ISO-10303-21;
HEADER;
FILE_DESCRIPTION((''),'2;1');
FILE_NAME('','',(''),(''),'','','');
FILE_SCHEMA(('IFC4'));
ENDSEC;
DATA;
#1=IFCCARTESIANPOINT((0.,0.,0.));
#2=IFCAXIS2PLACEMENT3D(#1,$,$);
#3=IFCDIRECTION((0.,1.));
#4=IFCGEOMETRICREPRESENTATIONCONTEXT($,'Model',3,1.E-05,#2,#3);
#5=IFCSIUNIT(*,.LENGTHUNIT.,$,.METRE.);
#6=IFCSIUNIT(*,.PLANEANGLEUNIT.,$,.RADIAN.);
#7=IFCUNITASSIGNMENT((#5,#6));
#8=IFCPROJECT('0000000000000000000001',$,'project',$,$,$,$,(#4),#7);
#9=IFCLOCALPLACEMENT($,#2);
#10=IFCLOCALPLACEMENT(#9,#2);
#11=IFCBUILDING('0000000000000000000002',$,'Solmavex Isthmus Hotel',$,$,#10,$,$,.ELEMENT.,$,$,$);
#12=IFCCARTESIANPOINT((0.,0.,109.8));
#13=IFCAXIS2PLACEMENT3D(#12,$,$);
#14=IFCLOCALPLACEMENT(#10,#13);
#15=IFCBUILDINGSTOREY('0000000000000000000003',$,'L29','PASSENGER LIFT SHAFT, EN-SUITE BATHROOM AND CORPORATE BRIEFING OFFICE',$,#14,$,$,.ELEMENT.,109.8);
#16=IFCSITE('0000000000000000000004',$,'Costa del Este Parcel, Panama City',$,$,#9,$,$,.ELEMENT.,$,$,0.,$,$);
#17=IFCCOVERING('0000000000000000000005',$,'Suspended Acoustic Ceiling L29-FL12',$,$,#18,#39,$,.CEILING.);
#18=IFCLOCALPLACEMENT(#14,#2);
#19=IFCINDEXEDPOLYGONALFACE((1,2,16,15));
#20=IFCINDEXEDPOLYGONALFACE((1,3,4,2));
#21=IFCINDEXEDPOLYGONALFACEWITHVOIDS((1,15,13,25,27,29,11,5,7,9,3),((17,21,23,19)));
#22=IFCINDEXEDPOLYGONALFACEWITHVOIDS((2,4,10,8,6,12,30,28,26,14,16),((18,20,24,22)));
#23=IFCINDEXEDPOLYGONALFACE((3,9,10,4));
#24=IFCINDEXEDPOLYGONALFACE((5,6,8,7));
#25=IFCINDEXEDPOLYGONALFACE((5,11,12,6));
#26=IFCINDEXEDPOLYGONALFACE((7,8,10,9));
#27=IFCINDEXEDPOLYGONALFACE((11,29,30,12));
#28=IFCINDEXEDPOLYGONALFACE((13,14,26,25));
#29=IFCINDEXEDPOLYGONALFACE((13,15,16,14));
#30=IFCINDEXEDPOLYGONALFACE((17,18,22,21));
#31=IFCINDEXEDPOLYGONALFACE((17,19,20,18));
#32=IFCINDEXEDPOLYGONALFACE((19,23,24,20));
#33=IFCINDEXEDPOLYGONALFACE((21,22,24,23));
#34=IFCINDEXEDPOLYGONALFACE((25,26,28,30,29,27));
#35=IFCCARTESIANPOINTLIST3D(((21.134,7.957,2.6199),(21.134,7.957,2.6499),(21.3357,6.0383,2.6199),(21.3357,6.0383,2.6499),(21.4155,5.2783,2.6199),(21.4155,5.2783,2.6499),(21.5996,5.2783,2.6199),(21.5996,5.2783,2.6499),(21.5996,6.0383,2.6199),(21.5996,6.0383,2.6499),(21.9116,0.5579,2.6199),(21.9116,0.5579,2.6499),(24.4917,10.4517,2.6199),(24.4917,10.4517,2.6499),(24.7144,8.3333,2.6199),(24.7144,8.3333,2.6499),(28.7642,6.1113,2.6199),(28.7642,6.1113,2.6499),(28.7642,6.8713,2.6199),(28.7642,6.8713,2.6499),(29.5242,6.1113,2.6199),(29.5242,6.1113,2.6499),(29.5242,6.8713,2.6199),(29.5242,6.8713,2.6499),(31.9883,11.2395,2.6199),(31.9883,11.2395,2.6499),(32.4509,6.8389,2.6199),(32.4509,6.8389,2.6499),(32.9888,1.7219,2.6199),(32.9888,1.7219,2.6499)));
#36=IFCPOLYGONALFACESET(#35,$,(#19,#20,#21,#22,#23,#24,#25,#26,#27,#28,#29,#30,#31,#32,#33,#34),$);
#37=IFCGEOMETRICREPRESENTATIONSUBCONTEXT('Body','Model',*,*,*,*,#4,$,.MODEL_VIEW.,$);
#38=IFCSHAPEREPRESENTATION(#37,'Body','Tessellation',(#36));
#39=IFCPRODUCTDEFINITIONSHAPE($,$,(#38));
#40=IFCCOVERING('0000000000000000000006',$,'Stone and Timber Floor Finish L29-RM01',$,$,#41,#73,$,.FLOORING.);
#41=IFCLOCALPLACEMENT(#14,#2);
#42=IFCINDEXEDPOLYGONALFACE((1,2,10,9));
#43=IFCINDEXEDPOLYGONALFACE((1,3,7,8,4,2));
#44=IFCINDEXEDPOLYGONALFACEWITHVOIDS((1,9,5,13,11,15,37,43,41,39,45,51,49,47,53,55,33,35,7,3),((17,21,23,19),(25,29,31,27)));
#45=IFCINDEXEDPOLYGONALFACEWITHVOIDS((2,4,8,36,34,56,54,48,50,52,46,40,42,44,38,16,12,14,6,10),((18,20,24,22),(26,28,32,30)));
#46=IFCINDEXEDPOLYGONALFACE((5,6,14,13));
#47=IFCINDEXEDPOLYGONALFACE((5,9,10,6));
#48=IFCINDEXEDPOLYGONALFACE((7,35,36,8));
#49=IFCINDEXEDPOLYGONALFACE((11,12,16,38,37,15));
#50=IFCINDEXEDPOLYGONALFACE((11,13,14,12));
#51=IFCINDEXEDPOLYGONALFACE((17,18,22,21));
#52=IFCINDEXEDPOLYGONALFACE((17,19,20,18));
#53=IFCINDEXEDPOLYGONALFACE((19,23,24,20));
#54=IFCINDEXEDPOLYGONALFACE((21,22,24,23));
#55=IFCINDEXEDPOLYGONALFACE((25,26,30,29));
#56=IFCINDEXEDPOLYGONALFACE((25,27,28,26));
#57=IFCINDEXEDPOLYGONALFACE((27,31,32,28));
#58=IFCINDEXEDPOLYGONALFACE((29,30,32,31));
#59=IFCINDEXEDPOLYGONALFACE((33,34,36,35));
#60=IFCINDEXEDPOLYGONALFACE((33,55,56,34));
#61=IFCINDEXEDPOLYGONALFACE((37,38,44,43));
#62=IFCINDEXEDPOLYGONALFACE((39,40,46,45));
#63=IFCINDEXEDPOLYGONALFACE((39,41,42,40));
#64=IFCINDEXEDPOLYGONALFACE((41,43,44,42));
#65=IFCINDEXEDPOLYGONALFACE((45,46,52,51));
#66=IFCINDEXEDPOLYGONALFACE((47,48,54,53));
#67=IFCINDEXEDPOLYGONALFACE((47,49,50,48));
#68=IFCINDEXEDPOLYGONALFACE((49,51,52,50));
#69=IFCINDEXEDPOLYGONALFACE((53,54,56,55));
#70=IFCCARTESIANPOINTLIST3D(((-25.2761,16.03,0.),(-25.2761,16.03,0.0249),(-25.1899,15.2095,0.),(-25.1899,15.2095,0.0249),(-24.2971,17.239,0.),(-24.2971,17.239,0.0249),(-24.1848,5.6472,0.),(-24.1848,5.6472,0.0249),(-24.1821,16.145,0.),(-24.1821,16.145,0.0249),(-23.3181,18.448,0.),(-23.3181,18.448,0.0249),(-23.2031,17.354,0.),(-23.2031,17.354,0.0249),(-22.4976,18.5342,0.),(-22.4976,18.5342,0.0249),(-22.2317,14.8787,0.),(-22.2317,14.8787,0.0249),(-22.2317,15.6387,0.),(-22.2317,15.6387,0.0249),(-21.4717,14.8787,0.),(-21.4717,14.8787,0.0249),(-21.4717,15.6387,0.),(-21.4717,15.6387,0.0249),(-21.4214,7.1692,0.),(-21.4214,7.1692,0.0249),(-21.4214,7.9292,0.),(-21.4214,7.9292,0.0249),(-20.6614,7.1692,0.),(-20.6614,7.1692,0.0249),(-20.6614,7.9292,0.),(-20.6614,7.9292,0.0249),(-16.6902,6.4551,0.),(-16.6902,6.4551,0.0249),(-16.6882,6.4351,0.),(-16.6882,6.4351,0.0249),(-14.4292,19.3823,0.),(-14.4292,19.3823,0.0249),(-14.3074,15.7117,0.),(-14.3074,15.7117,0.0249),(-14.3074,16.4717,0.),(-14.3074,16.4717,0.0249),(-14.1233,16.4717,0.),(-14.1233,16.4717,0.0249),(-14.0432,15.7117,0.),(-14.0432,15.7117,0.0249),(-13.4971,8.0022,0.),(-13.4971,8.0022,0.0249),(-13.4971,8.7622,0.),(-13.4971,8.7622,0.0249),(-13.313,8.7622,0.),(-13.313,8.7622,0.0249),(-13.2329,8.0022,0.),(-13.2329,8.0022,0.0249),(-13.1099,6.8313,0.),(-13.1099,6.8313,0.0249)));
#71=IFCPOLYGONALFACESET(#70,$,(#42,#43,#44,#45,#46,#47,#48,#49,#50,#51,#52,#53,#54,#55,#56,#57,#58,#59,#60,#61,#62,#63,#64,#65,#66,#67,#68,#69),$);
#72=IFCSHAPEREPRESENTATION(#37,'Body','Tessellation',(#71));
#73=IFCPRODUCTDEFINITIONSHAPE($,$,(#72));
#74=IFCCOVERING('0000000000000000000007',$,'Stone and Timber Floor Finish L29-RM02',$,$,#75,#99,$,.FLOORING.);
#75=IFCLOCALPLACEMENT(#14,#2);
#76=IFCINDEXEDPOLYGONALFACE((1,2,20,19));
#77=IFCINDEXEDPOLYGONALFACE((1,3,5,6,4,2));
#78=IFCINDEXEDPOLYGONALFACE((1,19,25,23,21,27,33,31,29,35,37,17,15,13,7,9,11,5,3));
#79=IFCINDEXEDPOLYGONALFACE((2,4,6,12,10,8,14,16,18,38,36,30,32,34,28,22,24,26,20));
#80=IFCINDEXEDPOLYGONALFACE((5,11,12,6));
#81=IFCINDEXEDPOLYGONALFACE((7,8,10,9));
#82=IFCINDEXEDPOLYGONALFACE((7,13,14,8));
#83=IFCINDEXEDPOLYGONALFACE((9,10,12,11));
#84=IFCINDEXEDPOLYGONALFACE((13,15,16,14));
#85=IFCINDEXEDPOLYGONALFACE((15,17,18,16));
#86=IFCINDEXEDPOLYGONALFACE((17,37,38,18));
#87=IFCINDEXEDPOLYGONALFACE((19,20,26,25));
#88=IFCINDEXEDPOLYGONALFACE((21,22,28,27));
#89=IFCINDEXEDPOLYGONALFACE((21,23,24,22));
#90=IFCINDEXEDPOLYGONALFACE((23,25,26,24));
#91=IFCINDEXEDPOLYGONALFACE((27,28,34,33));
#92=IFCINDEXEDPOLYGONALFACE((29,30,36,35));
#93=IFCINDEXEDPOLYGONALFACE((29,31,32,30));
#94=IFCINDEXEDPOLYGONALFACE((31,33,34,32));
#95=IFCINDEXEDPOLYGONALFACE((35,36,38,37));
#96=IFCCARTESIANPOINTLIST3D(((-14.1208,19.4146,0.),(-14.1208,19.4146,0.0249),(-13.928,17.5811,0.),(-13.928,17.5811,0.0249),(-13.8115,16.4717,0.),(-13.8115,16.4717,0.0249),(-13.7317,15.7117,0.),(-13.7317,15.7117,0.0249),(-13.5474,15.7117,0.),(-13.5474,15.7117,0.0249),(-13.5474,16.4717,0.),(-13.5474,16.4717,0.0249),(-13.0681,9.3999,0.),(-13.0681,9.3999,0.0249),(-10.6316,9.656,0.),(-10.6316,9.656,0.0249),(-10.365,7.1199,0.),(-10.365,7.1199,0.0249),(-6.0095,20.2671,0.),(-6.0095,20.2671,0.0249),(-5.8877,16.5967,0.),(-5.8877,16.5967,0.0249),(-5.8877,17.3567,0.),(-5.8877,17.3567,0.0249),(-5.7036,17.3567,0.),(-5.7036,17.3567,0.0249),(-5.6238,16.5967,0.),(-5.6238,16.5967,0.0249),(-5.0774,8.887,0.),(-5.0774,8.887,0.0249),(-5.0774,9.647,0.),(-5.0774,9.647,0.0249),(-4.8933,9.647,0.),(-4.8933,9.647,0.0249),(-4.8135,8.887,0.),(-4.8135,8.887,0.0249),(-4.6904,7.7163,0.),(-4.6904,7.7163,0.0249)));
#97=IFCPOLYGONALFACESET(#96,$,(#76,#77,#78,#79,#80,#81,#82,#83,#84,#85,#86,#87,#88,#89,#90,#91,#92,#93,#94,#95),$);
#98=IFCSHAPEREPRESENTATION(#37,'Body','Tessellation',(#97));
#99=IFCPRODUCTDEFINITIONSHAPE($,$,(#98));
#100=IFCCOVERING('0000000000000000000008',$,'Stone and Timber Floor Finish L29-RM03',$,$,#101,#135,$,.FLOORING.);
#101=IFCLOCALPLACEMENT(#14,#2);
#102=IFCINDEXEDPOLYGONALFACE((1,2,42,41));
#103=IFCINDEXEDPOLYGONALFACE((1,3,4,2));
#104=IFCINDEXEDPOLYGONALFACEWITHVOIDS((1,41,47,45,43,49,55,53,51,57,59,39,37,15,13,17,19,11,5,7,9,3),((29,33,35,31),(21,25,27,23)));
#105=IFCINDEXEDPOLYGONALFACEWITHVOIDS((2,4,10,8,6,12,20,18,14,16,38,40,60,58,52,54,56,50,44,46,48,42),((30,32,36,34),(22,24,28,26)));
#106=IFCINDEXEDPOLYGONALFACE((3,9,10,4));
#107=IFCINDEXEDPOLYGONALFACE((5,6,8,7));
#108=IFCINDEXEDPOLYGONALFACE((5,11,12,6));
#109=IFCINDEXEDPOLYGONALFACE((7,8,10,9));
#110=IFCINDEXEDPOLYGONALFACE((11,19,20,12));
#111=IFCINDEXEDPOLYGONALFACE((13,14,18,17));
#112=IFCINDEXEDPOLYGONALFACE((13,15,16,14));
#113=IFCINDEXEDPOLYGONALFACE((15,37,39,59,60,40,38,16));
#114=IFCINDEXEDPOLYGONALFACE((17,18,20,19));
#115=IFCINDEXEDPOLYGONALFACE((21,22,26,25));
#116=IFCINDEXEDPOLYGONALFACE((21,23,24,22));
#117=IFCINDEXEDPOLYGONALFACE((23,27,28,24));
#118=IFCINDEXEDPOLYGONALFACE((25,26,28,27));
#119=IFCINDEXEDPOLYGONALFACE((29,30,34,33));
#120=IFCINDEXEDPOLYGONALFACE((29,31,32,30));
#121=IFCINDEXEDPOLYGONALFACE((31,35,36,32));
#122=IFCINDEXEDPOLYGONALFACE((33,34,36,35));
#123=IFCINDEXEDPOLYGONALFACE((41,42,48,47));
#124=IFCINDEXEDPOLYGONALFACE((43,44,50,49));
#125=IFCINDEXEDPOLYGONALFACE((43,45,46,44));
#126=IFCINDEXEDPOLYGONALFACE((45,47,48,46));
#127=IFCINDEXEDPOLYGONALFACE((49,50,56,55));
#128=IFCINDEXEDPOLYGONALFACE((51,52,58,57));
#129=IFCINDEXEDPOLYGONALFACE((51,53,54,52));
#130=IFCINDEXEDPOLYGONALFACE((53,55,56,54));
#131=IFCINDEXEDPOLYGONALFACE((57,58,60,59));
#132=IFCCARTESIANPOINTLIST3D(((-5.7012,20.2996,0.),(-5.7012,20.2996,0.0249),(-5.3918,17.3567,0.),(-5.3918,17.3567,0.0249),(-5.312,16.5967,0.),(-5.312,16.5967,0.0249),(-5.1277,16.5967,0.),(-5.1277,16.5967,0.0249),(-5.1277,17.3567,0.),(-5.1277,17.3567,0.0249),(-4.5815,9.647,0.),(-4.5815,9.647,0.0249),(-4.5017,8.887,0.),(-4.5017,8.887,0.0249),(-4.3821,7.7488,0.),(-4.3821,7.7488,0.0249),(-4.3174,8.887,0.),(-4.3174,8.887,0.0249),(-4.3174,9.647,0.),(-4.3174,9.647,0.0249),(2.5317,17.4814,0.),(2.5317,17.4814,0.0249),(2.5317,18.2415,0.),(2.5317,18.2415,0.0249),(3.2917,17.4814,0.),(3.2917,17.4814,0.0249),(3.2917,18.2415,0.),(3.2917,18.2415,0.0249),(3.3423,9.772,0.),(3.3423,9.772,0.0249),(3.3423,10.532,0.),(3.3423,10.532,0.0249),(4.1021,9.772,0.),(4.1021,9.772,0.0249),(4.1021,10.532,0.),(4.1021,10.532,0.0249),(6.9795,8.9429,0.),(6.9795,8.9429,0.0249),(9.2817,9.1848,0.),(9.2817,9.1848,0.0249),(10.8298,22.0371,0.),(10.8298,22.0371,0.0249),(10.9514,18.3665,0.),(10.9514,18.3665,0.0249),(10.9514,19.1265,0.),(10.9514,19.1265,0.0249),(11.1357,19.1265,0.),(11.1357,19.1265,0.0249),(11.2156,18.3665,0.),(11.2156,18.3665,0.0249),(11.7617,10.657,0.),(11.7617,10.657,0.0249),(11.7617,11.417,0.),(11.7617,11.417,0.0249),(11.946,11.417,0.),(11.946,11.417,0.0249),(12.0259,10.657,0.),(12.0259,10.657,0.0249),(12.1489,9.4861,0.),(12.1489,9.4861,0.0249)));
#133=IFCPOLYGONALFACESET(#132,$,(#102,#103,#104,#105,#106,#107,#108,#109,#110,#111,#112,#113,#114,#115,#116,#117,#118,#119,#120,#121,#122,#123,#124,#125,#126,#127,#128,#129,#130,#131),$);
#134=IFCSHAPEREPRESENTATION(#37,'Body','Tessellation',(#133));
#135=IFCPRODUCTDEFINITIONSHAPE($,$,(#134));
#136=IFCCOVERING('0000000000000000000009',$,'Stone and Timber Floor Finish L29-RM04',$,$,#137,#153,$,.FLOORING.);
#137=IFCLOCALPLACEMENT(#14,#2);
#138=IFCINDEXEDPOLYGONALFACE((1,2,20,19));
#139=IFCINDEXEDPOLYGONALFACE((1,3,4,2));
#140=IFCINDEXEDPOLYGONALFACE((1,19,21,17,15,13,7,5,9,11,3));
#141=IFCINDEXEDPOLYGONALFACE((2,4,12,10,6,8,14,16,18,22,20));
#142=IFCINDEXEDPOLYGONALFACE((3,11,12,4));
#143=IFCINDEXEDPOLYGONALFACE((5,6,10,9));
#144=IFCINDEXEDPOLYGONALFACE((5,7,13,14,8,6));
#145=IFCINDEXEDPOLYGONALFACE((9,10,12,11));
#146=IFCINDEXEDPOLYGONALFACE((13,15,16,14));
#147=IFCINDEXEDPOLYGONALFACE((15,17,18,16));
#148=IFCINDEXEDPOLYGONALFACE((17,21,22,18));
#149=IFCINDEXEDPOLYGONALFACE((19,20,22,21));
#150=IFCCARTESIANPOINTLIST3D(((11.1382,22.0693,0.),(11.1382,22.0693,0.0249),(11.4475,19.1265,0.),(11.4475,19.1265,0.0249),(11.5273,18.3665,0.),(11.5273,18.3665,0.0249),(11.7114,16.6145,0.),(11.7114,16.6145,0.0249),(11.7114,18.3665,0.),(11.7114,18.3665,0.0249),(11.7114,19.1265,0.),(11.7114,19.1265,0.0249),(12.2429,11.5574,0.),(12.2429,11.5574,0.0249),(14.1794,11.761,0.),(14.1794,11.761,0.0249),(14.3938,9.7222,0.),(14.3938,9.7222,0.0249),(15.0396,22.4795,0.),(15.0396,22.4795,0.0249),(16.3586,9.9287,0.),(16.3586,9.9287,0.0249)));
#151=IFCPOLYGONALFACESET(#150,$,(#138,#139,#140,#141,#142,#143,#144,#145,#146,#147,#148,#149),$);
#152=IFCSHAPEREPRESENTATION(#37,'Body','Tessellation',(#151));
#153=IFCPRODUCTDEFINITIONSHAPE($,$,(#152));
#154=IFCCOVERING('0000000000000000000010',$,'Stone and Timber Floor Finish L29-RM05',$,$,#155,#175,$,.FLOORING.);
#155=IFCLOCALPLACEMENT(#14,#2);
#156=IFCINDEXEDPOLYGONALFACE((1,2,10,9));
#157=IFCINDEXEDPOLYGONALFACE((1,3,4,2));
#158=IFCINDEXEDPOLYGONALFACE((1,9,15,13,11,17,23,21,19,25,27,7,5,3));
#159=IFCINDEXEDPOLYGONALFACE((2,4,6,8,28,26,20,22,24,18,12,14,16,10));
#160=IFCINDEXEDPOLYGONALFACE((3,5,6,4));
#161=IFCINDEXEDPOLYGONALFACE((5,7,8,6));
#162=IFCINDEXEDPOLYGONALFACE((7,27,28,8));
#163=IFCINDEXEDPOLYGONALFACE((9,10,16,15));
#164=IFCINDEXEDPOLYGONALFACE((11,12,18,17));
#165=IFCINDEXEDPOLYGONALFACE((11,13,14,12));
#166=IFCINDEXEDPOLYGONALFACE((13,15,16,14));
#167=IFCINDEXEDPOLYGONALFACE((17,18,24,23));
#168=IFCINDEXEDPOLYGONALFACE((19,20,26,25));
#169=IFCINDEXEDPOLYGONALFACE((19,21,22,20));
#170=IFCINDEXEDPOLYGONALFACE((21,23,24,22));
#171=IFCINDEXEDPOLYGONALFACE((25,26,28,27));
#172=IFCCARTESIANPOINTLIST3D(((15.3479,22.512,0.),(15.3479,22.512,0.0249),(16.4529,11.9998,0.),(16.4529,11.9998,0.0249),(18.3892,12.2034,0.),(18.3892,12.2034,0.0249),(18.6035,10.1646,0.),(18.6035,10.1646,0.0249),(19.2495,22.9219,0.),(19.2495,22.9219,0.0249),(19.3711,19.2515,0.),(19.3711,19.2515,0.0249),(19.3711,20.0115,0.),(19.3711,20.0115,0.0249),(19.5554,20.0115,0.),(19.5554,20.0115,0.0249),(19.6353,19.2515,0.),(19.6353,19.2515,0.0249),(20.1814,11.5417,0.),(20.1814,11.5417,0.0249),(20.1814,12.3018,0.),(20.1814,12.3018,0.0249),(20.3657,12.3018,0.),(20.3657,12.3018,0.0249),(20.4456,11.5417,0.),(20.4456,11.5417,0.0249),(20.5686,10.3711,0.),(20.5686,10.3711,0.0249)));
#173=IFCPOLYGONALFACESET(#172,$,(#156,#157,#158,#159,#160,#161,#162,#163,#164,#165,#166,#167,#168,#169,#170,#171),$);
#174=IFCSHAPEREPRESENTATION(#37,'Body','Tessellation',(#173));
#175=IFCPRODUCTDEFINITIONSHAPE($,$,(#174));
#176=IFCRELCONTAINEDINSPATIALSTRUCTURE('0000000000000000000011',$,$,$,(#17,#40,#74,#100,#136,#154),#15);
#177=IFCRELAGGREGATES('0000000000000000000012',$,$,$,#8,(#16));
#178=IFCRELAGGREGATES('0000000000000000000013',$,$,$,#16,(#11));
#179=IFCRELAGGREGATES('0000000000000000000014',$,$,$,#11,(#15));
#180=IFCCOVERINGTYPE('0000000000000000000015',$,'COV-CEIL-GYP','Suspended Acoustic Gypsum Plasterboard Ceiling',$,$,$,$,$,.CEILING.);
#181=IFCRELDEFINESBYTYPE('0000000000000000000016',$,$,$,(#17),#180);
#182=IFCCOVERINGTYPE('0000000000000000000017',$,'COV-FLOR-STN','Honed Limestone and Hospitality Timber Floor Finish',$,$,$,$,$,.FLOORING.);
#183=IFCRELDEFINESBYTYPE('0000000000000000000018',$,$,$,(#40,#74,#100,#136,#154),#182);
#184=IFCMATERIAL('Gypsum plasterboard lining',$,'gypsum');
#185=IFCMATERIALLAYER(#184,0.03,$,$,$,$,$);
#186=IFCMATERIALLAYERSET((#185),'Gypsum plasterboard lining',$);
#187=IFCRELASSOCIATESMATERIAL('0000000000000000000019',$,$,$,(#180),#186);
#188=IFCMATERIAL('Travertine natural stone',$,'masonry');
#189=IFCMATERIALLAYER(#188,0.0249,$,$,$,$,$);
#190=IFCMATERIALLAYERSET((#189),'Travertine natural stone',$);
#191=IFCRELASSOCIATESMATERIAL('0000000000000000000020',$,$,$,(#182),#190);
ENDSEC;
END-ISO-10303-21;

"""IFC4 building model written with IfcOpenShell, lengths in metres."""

from ifc_helpers import new_model, si_unit, direction, frame, origin, place, context, subcontext, project, spatial, polyline, outline, extrude, material, layer, layer_set, type_object, element, save


model = new_model("IFC4")

# Units and contexts
model_context = context("Model", 3, precision=1e-05, world=origin(), true_north=direction((0.0, 1.0)))
body_context = subcontext(model_context, "Body", "Model", "MODEL_VIEW")
ifc_project = project(units=[si_unit("LENGTHUNIT", "METRE"), si_unit("PLANEANGLEUNIT", "RADIAN")], contexts=[model_context])

# Site, building, storey
site_placement = place(None, origin())
site = spatial("IfcSite", under=ifc_project, at=site_placement, Name="Costa del Este Parcel, Panama City", CompositionType="ELEMENT", RefElevation=0.0)
building_placement = place(site_placement, origin())
building = spatial("IfcBuilding", under=site, at=building_placement, Name="Solmavex Isthmus Hotel", CompositionType="ELEMENT")
storey_placement = place(building_placement, frame((0.0, 0.0, 109.8)))
storey = spatial("IfcBuildingStorey", under=building, at=storey_placement, Name="L29", Description="PASSENGER LIFT SHAFT, EN-SUITE BATHROOM AND CORPORATE BRIEFING OFFICE", CompositionType="ELEMENT", Elevation=109.8)

# Coverings
ifc_material_1 = material(Name="Gypsum plasterboard lining", Category="gypsum")
ifc_layer_1 = layer(ifc_material_1, 0.03)
ifc_layer_set_1 = layer_set([ifc_layer_1], Name="Gypsum plasterboard lining")
covering_type_1 = type_object("IfcCoveringType", Name="COV-CEIL-GYP", Description="Suspended Acoustic Gypsum Plasterboard Ceiling", PredefinedType="CEILING", material=ifc_layer_set_1)
covering_1_placement = place(storey_placement, frame((0.0, 0.0, 2.6199)))
element("IfcCovering", 1, at=covering_1_placement, inside=storey, type_object=covering_type_1, Name="Suspended Acoustic Ceiling L29-FL12", PredefinedType="CEILING", context=body_context, shape_type="SweptSolid", body=[
    extrude(outline(polyline([(21.3357, 6.0383), (21.5996, 6.0383), (21.5996, 5.2783), (21.4155, 5.2783), (21.9116, 0.5579), (32.9888, 1.7219), (32.4509, 6.8389), (31.9883, 11.2395), (24.4917, 10.4517), (24.7144, 8.3333), (21.134, 7.957), (21.3357, 6.0383)]), holes=[polyline([(28.7642, 6.1113), (28.7642, 6.8713), (29.5242, 6.8713), (29.5242, 6.1113), (28.7642, 6.1113)])]), origin(), (0.0, 0.0, 1.0), 0.03),
])
ifc_material_2 = material(Name="Travertine natural stone", Category="masonry")
ifc_layer_2 = layer(ifc_material_2, 0.0249)
ifc_layer_set_2 = layer_set([ifc_layer_2], Name="Travertine natural stone")
covering_type_2 = type_object("IfcCoveringType", Name="COV-FLOR-STN", Description="Honed Limestone and Hospitality Timber Floor Finish", PredefinedType="FLOORING", material=ifc_layer_set_2)
covering_2_placement = place(storey_placement, origin())
element("IfcCovering", 2, at=covering_2_placement, inside=storey, type_object=covering_type_2, Name="Stone and Timber Floor Finish L29-RM01", PredefinedType="FLOORING", context=body_context, shape_type="SweptSolid", body=[
    extrude(outline(polyline([(-16.6882, 6.4351), (-16.6902, 6.4551), (-13.1099, 6.8313), (-13.2329, 8.0022), (-13.4971, 8.0022), (-13.4971, 8.7622), (-13.313, 8.7622), (-14.0432, 15.7117), (-14.3074, 15.7117), (-14.3074, 16.4717), (-14.1233, 16.4717), (-14.4292, 19.3823), (-22.4976, 18.5342), (-23.3181, 18.448), (-23.2031, 17.354), (-24.2971, 17.239), (-24.1821, 16.145), (-25.2761, 16.03), (-25.1899, 15.2095), (-24.1848, 5.6472), (-16.6882, 6.4351)]), holes=[polyline([(-21.4214, 7.1692), (-21.4214, 7.9292), (-20.6614, 7.9292), (-20.6614, 7.1692), (-21.4214, 7.1692)]), polyline([(-22.2317, 14.8787), (-22.2317, 15.6387), (-21.4717, 15.6387), (-21.4717, 14.8787), (-22.2317, 14.8787)])]), origin(), (0.0, 0.0, 1.0), 0.0249),
])
covering_3_placement = place(storey_placement, origin())
element("IfcCovering", 3, at=covering_3_placement, inside=storey, type_object=covering_type_2, Name="Stone and Timber Floor Finish L29-RM02", PredefinedType="FLOORING", context=body_context, shape_type="SweptSolid", body=[
    extrude(outline(polyline([(-13.8115, 16.4717), (-13.5474, 16.4717), (-13.5474, 15.7117), (-13.7317, 15.7117), (-13.0681, 9.3999), (-10.6316, 9.656), (-10.365, 7.1199), (-4.6904, 7.7163), (-4.8135, 8.887), (-5.0774, 8.887), (-5.0774, 9.647), (-4.8933, 9.647), (-5.6238, 16.5967), (-5.8877, 16.5967), (-5.8877, 17.3567), (-5.7036, 17.3567), (-6.0095, 20.2671), (-14.1208, 19.4146), (-13.928, 17.5811), (-13.8115, 16.4717)])), origin(), (0.0, 0.0, 1.0), 0.0249),
])
covering_4_placement = place(storey_placement, origin())
element("IfcCovering", 4, at=covering_4_placement, inside=storey, type_object=covering_type_2, Name="Stone and Timber Floor Finish L29-RM03", PredefinedType="FLOORING", context=body_context, shape_type="SweptSolid", body=[
    extrude(outline(polyline([(-4.5815, 9.647), (-4.3174, 9.647), (-4.3174, 8.887), (-4.5017, 8.887), (-4.3821, 7.7488), (6.9795, 8.9429), (9.2817, 9.1848), (12.1489, 9.4861), (12.0259, 10.657), (11.7617, 10.657), (11.7617, 11.417), (11.946, 11.417), (11.2156, 18.3665), (10.9514, 18.3665), (10.9514, 19.1265), (11.1357, 19.1265), (10.8298, 22.0371), (-5.7012, 20.2996), (-5.3918, 17.3567), (-5.1277, 17.3567), (-5.1277, 16.5967), (-5.312, 16.5967), (-4.5815, 9.647)]), holes=[polyline([(3.3423, 9.772), (3.3423, 10.532), (4.1021, 10.532), (4.1021, 9.772), (3.3423, 9.772)]), polyline([(2.5317, 17.4814), (2.5317, 18.2415), (3.2917, 18.2415), (3.2917, 17.4814), (2.5317, 17.4814)])]), origin(), (0.0, 0.0, 1.0), 0.0249),
])
covering_5_placement = place(storey_placement, origin())
element("IfcCovering", 5, at=covering_5_placement, inside=storey, type_object=covering_type_2, Name="Stone and Timber Floor Finish L29-RM04", PredefinedType="FLOORING", context=body_context, shape_type="SweptSolid", body=[
    extrude(outline(polyline([(11.4475, 19.1265), (11.7114, 19.1265), (11.7114, 18.3665), (11.5273, 18.3665), (11.7114, 16.6145), (12.2429, 11.5574), (14.1794, 11.761), (14.3938, 9.7222), (16.3586, 9.9287), (15.0396, 22.4795), (11.1382, 22.0693), (11.4475, 19.1265)])), origin(), (0.0, 0.0, 1.0), 0.0249),
])
covering_6_placement = place(storey_placement, origin())
element("IfcCovering", 6, at=covering_6_placement, inside=storey, type_object=covering_type_2, Name="Stone and Timber Floor Finish L29-RM05", PredefinedType="FLOORING", context=body_context, shape_type="SweptSolid", body=[
    extrude(outline(polyline([(19.6353, 19.2515), (19.3711, 19.2515), (19.3711, 20.0115), (19.5554, 20.0115), (19.2495, 22.9219), (15.3479, 22.512), (16.4529, 11.9998), (18.3892, 12.2034), (18.6035, 10.1646), (20.5686, 10.3711), (20.4456, 11.5417), (20.1814, 11.5417), (20.1814, 12.3018), (20.3657, 12.3018), (19.6353, 19.2515)])), origin(), (0.0, 0.0, 1.0), 0.0249),
])

save(model, "model.ifc")
